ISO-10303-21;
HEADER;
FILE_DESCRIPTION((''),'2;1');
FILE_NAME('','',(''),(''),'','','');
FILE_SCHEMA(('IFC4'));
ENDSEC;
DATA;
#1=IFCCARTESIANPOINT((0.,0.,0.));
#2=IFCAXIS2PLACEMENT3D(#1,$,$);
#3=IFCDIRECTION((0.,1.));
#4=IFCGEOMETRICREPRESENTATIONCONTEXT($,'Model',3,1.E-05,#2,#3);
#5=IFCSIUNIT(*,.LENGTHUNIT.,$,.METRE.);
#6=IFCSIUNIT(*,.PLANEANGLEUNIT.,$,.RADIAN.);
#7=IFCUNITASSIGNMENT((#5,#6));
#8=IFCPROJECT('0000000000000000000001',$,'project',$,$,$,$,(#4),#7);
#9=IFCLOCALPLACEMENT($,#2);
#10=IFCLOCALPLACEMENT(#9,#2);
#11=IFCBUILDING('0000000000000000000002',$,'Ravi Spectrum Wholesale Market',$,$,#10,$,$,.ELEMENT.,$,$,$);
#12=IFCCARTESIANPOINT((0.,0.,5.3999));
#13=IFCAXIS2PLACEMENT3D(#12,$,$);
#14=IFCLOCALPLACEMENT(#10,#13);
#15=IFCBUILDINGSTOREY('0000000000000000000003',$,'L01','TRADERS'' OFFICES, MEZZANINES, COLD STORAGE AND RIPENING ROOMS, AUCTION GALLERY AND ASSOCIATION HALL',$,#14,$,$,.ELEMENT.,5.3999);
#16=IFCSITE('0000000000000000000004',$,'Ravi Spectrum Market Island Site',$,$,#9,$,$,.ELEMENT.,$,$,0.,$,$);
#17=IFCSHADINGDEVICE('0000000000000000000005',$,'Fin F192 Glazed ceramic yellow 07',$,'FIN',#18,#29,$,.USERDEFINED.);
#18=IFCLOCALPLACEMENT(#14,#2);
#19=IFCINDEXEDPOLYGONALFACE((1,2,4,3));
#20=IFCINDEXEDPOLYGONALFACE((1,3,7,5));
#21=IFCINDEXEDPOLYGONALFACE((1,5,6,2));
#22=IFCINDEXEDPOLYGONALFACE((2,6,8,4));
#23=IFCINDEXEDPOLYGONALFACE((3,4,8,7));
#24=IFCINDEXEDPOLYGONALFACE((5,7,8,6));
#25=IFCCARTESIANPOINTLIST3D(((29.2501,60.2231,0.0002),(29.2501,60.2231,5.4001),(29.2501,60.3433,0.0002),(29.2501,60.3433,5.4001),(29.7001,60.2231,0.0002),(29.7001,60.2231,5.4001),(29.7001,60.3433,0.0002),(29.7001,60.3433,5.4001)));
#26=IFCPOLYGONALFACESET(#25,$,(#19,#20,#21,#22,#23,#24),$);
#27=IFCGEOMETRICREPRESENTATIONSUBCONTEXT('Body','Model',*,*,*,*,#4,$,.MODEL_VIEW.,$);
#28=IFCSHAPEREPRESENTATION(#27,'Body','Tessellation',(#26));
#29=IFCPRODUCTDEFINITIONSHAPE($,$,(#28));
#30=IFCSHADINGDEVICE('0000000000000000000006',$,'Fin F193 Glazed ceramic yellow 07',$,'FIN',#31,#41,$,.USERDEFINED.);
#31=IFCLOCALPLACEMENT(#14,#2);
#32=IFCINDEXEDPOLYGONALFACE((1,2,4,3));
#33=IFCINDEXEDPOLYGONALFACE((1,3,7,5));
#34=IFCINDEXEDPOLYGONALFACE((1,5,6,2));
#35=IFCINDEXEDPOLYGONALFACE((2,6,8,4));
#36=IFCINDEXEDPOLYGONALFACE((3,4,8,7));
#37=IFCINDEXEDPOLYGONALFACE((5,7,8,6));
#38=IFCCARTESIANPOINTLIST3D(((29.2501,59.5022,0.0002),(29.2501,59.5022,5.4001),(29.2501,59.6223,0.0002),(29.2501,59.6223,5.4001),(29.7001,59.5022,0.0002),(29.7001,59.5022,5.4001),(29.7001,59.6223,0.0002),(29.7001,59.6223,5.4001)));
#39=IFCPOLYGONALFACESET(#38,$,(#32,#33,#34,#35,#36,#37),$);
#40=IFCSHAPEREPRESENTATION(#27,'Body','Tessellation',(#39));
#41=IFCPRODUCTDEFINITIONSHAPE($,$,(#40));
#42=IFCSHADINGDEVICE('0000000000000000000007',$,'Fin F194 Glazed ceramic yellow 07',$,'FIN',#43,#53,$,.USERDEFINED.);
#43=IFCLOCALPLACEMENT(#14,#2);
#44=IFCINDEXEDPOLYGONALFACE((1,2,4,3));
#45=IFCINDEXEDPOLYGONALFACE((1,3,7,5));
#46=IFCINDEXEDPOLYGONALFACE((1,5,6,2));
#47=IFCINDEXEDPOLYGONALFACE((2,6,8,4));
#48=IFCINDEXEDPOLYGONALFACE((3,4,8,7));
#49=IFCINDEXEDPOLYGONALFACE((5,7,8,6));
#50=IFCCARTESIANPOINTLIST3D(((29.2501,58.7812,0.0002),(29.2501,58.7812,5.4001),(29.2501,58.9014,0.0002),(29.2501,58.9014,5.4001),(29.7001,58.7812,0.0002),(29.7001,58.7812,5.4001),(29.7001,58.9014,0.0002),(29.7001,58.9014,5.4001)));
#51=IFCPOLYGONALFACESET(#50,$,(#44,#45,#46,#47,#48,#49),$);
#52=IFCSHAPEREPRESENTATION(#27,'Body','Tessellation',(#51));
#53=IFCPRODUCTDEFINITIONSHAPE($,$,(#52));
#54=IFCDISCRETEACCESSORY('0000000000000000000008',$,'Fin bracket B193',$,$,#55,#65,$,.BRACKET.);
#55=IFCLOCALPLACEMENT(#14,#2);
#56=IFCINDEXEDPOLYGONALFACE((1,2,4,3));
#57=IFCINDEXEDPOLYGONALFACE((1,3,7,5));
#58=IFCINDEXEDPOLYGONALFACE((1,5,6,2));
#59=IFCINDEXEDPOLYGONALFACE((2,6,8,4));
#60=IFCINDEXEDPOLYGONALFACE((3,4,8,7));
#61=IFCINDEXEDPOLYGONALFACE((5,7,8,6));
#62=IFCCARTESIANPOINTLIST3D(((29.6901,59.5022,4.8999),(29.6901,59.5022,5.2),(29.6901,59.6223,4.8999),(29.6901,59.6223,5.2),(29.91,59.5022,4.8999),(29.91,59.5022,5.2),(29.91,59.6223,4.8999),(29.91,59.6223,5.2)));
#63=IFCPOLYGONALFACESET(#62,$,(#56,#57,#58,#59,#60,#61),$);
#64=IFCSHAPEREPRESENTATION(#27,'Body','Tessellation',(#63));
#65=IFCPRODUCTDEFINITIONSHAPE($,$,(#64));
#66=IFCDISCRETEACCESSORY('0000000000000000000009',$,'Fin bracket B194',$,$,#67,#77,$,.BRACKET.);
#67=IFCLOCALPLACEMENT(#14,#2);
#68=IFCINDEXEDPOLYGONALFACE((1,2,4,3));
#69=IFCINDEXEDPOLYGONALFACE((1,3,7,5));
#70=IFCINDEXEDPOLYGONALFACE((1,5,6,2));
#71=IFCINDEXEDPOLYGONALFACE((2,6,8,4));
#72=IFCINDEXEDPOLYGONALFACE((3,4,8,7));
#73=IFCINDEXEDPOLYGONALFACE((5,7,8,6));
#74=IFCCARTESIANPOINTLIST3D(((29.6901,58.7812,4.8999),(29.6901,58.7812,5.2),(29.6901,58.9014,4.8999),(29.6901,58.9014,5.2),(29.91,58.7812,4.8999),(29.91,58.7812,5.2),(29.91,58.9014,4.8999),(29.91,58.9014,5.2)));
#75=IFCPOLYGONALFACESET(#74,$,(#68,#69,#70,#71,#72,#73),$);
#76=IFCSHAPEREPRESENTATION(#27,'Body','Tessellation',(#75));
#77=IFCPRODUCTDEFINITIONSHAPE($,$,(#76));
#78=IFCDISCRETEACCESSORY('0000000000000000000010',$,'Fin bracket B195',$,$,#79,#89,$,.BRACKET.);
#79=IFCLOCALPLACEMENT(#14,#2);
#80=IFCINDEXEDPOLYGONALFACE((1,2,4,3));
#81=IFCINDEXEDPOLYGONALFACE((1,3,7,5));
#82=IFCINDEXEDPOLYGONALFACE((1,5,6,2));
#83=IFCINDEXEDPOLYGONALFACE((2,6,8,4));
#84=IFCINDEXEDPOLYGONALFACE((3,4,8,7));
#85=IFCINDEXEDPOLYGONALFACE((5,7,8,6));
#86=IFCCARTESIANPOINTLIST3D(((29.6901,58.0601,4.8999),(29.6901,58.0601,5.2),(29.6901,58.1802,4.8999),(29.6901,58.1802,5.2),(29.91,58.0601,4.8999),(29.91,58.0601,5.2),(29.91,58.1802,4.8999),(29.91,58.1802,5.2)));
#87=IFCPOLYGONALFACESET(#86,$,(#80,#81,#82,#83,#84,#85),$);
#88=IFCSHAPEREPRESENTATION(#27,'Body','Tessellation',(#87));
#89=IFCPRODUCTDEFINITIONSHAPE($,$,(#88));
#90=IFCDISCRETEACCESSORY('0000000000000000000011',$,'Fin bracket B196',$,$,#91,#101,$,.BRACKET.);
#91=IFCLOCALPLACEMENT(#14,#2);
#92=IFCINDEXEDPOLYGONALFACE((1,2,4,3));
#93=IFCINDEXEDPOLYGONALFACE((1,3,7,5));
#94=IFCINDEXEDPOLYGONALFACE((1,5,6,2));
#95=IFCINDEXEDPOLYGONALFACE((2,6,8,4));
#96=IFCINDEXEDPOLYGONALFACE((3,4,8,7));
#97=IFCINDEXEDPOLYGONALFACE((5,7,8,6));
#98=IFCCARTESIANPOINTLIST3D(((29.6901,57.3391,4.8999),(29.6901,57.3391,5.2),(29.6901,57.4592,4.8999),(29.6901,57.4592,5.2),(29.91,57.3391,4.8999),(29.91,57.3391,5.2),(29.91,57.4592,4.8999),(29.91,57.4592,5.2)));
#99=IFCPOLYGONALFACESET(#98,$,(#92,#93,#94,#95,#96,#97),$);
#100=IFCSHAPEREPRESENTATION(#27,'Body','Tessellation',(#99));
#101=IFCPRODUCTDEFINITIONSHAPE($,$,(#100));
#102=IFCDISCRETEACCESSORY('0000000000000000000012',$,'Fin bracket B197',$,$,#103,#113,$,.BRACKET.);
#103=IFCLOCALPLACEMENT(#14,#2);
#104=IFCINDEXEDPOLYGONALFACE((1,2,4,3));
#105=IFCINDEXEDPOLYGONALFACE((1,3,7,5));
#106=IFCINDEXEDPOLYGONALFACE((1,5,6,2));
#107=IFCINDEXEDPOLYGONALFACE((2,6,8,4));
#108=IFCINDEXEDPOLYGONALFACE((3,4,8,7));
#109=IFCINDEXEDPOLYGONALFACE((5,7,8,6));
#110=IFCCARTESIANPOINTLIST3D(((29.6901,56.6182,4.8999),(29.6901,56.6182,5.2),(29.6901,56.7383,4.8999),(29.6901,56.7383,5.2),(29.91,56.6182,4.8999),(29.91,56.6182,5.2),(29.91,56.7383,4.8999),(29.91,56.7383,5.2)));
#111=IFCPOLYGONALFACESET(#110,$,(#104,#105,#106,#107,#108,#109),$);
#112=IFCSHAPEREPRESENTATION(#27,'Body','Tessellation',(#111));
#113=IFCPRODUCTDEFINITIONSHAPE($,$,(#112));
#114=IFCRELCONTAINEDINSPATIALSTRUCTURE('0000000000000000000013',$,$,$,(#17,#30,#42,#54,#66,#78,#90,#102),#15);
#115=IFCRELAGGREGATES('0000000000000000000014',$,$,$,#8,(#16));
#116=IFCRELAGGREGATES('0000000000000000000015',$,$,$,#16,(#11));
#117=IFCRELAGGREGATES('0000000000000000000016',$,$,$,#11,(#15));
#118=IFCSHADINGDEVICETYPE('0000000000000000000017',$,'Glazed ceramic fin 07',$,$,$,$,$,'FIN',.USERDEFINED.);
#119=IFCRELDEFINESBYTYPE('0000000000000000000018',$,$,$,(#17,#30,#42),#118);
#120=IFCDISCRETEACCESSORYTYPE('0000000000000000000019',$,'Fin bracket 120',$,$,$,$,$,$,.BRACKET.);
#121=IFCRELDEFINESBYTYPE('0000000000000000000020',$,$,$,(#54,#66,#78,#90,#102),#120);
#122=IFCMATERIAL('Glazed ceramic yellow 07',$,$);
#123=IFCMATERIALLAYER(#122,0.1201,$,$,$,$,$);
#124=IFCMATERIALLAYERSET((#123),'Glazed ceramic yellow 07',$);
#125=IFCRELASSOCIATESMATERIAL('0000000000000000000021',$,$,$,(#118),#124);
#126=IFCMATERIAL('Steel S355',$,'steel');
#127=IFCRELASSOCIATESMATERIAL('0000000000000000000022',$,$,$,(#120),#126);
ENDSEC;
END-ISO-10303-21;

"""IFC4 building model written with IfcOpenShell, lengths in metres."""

from ifc_helpers import new_model, si_unit, direction, frame, origin, origin_2d, place, context, subcontext, project, spatial, rectangle, extrude, material, layer, layer_set, type_object, element, save


model = new_model("IFC4")

# Units and contexts
model_context = context("Model", 3, precision=1e-05, world=origin(), true_north=direction((0.0, 1.0)))
body_context = subcontext(model_context, "Body", "Model", "MODEL_VIEW")
ifc_project = project(units=[si_unit("LENGTHUNIT", "METRE"), si_unit("PLANEANGLEUNIT", "RADIAN")], contexts=[model_context])

# Site, building, storey
site_placement = place(None, origin())
site = spatial("IfcSite", under=ifc_project, at=site_placement, Name="Ravi Spectrum Market Island Site", CompositionType="ELEMENT", RefElevation=0.0)
building_placement = place(site_placement, origin())
building = spatial("IfcBuilding", under=site, at=building_placement, Name="Ravi Spectrum Wholesale Market", CompositionType="ELEMENT")
storey_placement = place(building_placement, frame((0.0, 0.0, 5.3999)))
storey = spatial("IfcBuildingStorey", under=building, at=storey_placement, Name="L01", Description="TRADERS' OFFICES, MEZZANINES, COLD STORAGE AND RIPENING ROOMS, AUCTION GALLERY AND ASSOCIATION HALL", CompositionType="ELEMENT", Elevation=5.3999)

# Shading devices
ifc_material_1 = material(Name="Glazed ceramic yellow 07")
ifc_layer_1 = layer(ifc_material_1, 0.1201)
ifc_layer_set_1 = layer_set([ifc_layer_1], Name="Glazed ceramic yellow 07")
shading_device_type_1 = type_object("IfcShadingDeviceType", Name="Glazed ceramic fin 07", ElementType="FIN", PredefinedType="USERDEFINED", material=ifc_layer_set_1)
for number, where, z_axis, x_axis, name in (
    (1, (29.4751, 60.2832, 0.0002), (0.0, 0.0, 1.0), (0.0, -1.0, 0.0), "Fin F192 Glazed ceramic yellow 07"),
    (2, (29.4751, 59.5623, 0.0002), (0.0, 0.0, 1.0), (0.0, -1.0, 0.0), "Fin F193 Glazed ceramic yellow 07"),
    (3, (29.4751, 58.8413, 0.0002), (0.0, 0.0, 1.0), (0.0, -1.0, 0.0), "Fin F194 Glazed ceramic yellow 07"),
):
    element("IfcShadingDevice", number, at=place(storey_placement, frame(where, z_axis=z_axis, x_axis=x_axis)), inside=storey, type_object=shading_device_type_1, Name=name, ObjectType="FIN", PredefinedType="USERDEFINED", context=body_context, shape_type="SweptSolid", body=[
        extrude(rectangle(XDim=0.1201, YDim=0.45, at=origin_2d()), origin(), (0.0, 0.0, 1.0), 5.3999),
    ])

# Discrete accessories
ifc_material_2 = material(Name="Steel S355", Category="steel")
discrete_accessory_type = type_object("IfcDiscreteAccessoryType", Name="Fin bracket 120", PredefinedType="BRACKET", material=ifc_material_2)
for number, where, z_axis, x_axis, name in (
    (4, (29.8, 59.5623, 4.8999), (0.0, 0.0, 1.0), (0.0, -1.0, 0.0), "Fin bracket B193"),
    (5, (29.8, 58.8413, 4.8999), (0.0, 0.0, 1.0), (0.0, -1.0, 0.0), "Fin bracket B194"),
    (6, (29.8, 58.1201, 4.8999), (0.0, 0.0, 1.0), (0.0, -1.0, 0.0), "Fin bracket B195"),
    (7, (29.8, 57.3992, 4.8999), (0.0, 0.0, 1.0), (0.0, -1.0, 0.0), "Fin bracket B196"),
    (8, (29.8, 56.6782, 4.8999), (0.0, 0.0, 1.0), (0.0, -1.0, 0.0), "Fin bracket B197"),
):
    element("IfcDiscreteAccessory", number, at=place(storey_placement, frame(where, z_axis=z_axis, x_axis=x_axis)), inside=storey, type_object=discrete_accessory_type, Name=name, PredefinedType="BRACKET", context=body_context, shape_type="SweptSolid", body=[
        extrude(rectangle(XDim=0.1201, YDim=0.22, at=origin_2d()), origin(), (0.0, 0.0, 1.0), 0.3),
    ])

save(model, "model.ifc")
